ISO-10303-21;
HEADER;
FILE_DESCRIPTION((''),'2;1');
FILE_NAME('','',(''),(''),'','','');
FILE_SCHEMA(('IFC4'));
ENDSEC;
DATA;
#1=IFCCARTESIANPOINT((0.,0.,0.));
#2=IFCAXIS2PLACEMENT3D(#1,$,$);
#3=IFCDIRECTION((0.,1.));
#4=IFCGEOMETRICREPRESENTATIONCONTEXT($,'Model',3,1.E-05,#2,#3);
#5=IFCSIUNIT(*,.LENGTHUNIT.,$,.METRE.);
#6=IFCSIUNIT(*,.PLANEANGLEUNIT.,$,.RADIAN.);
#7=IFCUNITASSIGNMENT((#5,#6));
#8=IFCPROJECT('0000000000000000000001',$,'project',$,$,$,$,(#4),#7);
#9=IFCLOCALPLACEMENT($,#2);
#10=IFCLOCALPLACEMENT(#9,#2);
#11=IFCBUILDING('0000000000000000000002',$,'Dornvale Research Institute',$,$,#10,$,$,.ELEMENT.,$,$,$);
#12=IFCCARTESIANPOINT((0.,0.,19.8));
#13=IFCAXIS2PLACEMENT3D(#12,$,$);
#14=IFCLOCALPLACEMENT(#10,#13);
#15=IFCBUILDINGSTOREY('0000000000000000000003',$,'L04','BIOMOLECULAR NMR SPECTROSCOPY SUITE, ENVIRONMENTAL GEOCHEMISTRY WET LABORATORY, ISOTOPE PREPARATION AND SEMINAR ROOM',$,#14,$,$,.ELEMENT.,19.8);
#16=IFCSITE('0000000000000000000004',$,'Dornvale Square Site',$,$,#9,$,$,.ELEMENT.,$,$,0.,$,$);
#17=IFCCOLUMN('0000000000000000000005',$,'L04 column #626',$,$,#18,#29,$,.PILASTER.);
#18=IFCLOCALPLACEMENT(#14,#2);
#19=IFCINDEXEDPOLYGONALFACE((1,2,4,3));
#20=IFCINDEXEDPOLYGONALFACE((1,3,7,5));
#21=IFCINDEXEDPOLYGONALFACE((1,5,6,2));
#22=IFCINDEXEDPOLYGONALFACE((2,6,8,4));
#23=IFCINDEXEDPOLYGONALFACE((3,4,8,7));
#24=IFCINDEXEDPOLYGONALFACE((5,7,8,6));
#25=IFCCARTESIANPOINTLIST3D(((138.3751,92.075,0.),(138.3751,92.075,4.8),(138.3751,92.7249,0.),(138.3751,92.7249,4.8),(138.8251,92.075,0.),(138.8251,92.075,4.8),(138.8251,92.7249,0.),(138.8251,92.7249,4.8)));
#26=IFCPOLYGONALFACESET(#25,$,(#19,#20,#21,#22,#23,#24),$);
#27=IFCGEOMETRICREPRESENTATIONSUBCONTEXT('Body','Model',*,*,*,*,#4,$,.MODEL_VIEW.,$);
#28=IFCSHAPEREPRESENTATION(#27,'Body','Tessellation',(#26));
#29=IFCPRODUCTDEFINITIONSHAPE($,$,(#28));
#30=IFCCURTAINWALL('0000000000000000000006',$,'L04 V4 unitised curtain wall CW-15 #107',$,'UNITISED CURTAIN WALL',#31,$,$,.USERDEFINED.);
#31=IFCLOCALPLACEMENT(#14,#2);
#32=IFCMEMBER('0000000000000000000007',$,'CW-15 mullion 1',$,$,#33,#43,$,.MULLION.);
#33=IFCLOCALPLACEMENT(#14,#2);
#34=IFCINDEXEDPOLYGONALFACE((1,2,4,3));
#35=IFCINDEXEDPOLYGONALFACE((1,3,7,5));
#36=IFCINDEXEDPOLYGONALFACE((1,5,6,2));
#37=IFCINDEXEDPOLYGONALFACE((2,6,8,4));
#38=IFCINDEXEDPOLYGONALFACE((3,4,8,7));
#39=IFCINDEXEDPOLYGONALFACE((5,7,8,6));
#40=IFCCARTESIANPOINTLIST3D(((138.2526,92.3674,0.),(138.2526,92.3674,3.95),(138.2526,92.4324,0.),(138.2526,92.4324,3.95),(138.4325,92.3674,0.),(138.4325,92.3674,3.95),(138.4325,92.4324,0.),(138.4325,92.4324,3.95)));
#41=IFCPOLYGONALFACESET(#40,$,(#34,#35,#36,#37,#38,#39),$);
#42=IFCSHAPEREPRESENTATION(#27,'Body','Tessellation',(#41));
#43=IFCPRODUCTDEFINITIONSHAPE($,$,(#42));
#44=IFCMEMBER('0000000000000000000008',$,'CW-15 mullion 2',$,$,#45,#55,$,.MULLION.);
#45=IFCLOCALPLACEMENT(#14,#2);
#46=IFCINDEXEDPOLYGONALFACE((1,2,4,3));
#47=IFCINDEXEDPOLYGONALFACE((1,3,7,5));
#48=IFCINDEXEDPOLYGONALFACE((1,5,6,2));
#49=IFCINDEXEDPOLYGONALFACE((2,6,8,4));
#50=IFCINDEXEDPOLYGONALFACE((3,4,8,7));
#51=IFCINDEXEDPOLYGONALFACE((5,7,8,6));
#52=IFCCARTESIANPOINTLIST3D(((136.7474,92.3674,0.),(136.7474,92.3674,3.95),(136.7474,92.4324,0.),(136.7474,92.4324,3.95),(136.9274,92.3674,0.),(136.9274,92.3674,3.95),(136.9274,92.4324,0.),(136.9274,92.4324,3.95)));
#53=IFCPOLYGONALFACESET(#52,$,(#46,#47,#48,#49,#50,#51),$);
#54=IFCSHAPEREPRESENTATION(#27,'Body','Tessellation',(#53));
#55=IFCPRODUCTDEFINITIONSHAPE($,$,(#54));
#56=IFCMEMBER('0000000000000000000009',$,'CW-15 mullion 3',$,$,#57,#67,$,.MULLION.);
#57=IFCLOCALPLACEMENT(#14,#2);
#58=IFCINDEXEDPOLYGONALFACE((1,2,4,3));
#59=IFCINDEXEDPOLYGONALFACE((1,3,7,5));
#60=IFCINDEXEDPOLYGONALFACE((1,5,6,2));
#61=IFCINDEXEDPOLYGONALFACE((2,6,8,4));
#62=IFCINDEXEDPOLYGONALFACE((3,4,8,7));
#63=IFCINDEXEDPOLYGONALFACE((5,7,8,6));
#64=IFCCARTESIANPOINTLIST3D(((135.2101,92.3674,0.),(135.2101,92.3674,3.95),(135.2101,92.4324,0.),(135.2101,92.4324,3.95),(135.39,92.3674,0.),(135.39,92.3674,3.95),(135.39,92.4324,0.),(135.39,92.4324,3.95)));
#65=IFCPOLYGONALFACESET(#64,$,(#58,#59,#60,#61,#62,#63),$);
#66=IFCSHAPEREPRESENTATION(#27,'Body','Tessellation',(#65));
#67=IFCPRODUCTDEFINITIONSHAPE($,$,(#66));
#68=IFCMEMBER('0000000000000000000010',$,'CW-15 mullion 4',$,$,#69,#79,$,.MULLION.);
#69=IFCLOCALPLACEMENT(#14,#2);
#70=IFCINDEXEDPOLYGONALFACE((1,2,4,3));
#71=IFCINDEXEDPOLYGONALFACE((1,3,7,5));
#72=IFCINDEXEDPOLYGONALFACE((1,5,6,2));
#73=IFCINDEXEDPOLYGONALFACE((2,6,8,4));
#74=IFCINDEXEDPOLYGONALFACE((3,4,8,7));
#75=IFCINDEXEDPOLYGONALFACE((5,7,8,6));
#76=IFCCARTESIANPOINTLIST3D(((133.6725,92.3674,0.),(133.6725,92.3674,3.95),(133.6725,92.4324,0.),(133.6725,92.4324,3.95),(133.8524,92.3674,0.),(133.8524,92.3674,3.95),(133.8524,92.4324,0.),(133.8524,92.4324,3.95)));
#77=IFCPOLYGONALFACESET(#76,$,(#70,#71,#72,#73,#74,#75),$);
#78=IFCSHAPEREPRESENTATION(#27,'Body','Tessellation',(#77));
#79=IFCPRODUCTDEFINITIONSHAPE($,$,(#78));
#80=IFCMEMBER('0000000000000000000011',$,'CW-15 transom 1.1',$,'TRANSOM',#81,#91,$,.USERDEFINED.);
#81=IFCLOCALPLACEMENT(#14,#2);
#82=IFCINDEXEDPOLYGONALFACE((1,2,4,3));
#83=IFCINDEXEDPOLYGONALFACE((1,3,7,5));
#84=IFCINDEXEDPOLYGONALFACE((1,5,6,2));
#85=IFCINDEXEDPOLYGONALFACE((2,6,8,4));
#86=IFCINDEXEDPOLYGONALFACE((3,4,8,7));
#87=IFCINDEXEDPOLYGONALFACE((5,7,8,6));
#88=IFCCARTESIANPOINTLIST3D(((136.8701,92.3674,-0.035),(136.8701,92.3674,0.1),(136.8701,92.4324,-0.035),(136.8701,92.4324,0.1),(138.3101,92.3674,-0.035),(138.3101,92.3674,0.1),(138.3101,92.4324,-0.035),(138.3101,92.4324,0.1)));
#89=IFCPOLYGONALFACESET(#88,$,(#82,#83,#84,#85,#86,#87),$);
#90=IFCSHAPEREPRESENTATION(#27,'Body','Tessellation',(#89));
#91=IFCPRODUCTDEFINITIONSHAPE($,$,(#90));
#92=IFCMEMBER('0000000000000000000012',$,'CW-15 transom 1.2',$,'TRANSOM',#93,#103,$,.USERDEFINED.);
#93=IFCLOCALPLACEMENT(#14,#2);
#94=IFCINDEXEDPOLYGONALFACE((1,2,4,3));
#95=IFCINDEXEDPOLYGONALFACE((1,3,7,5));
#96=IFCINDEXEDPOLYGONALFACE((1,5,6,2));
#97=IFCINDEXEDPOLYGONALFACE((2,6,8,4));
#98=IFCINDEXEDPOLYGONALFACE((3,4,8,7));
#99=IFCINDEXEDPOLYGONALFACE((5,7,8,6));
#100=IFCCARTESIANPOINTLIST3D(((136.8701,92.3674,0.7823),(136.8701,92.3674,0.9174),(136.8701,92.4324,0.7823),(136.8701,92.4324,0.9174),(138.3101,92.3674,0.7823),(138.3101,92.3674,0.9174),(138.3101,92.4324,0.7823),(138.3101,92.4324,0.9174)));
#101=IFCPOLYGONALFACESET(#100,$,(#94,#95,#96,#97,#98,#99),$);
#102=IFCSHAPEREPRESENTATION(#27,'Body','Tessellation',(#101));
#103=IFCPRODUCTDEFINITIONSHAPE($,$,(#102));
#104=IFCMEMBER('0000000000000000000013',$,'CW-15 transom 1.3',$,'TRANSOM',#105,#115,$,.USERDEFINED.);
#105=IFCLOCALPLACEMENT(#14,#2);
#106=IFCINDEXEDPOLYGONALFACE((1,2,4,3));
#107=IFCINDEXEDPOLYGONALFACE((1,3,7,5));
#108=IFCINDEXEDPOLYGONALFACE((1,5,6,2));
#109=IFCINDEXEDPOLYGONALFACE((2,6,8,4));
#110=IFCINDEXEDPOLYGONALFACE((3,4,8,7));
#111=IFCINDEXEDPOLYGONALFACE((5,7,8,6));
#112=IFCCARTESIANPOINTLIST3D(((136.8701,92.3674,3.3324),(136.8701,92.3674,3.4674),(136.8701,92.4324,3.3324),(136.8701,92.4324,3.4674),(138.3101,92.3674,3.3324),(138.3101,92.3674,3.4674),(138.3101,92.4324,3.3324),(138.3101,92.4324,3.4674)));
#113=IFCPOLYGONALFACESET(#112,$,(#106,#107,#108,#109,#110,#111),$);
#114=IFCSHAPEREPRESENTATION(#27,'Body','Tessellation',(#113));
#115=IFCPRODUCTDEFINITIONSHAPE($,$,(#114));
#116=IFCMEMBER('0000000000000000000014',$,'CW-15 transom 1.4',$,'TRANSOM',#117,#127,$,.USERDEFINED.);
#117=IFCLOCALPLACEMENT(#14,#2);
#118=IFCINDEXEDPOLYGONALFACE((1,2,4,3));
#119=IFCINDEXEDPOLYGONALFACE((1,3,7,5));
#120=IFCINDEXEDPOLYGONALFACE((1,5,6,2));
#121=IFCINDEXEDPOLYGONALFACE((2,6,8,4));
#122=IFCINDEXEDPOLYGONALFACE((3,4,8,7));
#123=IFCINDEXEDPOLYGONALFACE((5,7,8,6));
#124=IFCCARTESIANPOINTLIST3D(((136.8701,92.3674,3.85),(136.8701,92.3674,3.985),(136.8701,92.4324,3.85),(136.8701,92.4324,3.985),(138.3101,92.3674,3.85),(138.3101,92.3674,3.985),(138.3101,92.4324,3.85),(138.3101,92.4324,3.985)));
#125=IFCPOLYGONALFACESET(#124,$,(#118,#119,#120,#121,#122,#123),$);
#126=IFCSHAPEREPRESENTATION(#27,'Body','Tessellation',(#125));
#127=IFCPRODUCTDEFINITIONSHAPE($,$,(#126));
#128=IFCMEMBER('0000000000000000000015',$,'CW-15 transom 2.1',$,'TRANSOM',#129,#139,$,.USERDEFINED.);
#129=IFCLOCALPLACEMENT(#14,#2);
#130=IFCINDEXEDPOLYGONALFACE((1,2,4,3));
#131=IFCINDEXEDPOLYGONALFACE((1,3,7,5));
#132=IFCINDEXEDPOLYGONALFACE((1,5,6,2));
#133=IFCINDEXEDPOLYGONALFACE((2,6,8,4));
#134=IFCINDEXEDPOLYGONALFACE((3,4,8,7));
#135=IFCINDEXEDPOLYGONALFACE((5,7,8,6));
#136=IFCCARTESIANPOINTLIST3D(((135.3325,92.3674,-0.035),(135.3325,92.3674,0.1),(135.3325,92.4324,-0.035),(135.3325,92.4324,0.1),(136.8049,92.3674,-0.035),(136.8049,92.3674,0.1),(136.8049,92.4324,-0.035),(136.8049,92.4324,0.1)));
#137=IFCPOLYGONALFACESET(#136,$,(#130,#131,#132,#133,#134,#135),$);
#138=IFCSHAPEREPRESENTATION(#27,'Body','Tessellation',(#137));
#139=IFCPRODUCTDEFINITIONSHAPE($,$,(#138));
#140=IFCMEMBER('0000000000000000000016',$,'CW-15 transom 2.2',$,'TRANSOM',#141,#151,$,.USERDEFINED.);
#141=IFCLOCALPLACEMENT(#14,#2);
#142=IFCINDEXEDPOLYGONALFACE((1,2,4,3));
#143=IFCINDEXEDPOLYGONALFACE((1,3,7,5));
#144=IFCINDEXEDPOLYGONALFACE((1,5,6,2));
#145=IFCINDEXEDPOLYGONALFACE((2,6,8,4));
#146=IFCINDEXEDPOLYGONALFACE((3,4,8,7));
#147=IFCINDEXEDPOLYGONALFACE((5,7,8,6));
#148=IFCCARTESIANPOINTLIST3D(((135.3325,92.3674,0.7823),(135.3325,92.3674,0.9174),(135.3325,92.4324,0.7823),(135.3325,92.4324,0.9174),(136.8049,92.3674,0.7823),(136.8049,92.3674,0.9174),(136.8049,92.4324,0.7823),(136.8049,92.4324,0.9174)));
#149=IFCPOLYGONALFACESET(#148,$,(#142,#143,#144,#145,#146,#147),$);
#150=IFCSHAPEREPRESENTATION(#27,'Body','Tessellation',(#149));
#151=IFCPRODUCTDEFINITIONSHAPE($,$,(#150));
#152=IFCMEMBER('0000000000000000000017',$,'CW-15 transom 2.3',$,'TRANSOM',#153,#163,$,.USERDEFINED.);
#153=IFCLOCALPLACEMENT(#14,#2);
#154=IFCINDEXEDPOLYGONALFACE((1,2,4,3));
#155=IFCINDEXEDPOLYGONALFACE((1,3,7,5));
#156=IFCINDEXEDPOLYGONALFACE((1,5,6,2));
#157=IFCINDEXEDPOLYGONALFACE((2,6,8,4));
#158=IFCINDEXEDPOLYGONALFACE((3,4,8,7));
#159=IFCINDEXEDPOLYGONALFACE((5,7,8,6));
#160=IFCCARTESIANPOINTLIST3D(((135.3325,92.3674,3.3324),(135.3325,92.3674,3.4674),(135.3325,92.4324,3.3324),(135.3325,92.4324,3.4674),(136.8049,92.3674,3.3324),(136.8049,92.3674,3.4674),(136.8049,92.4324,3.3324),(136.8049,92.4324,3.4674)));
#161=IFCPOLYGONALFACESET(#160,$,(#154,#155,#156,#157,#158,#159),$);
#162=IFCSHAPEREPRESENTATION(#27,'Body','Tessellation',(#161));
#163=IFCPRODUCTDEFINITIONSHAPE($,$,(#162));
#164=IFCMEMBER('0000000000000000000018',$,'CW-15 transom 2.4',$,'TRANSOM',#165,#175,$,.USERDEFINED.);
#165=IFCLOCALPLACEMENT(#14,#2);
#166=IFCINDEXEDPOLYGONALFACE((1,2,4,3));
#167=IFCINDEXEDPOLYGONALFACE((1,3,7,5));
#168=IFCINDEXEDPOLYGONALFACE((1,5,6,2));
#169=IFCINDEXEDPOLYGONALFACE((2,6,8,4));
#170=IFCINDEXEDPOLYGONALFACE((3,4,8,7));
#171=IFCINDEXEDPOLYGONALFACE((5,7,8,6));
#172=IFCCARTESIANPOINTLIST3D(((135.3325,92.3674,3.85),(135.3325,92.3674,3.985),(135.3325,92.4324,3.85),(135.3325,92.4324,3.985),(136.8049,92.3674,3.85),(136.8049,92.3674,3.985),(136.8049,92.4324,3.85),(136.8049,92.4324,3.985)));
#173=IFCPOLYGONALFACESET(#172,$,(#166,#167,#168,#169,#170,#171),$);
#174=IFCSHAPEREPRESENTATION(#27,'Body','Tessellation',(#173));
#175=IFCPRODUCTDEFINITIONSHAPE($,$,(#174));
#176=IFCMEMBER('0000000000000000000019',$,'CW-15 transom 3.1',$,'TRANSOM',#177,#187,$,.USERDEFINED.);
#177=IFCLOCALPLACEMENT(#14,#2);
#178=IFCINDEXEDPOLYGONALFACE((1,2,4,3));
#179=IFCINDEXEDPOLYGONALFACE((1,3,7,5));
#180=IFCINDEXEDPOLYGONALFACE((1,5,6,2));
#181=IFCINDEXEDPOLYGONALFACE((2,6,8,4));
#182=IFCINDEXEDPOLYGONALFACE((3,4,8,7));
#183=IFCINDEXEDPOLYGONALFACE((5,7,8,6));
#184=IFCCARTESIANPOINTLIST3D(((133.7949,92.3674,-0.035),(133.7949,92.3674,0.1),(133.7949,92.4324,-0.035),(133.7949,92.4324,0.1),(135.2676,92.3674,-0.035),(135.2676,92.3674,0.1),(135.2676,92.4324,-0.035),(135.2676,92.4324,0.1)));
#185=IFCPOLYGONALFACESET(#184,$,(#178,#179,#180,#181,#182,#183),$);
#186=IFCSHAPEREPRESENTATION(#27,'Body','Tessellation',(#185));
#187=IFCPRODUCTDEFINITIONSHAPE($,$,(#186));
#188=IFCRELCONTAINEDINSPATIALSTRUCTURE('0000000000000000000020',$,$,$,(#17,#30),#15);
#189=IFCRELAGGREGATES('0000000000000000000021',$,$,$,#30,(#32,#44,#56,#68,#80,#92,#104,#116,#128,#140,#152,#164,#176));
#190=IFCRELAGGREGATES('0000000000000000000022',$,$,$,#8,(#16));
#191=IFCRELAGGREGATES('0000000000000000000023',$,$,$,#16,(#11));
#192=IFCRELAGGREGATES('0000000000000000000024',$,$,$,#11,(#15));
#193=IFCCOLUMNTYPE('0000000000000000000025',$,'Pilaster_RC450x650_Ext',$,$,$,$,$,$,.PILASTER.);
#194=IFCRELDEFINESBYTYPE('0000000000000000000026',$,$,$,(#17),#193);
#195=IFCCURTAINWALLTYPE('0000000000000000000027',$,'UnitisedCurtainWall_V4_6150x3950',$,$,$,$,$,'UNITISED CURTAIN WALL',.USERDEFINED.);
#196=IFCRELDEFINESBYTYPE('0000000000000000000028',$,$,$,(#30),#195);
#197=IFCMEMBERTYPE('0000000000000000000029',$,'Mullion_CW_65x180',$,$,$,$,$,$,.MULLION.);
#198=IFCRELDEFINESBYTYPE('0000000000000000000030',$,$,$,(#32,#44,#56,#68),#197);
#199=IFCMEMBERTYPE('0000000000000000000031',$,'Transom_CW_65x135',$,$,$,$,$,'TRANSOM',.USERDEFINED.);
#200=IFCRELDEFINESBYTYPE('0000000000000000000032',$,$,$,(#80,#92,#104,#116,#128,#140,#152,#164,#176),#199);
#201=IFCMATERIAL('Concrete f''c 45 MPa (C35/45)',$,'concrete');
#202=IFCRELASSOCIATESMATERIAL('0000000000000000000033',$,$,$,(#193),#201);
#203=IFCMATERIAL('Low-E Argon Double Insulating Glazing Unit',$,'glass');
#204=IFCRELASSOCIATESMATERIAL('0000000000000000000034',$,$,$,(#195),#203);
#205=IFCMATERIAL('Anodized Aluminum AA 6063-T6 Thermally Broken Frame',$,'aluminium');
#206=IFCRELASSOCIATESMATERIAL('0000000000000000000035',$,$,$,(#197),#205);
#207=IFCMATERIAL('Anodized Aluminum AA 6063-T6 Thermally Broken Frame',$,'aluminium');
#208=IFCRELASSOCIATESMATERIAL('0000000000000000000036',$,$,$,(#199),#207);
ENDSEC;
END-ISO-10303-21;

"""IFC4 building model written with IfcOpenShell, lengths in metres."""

from ifc_helpers import new_model, si_unit, direction, frame, origin, origin_2d, place, context, subcontext, project, spatial, rectangle, extrude, material, material_profile, profile_set, type_object, element, aggregate, save


model = new_model("IFC4")

# Units and contexts
model_context = context("Model", 3, precision=1e-05, world=origin(), true_north=direction((0.0, 1.0)))
body_context = subcontext(model_context, "Body", "Model", "MODEL_VIEW")
ifc_project = project(units=[si_unit("LENGTHUNIT", "METRE"), si_unit("PLANEANGLEUNIT", "RADIAN")], contexts=[model_context])

# Site, building, storey
site_placement = place(None, origin())
site = spatial("IfcSite", under=ifc_project, at=site_placement, Name="Dornvale Square Site", CompositionType="ELEMENT", RefElevation=0.0)
building_placement = place(site_placement, origin())
building = spatial("IfcBuilding", under=site, at=building_placement, Name="Dornvale Research Institute", CompositionType="ELEMENT")
storey_placement = place(building_placement, frame((0.0, 0.0, 19.8)))
storey = spatial("IfcBuildingStorey", under=building, at=storey_placement, Name="L04", Description="BIOMOLECULAR NMR SPECTROSCOPY SUITE, ENVIRONMENTAL GEOCHEMISTRY WET LABORATORY, ISOTOPE PREPARATION AND SEMINAR ROOM", CompositionType="ELEMENT", Elevation=19.8)

# Column
ifc_material_1 = material(Name="Concrete f'c 45 MPa (C35/45)", Category="concrete")
ifc_material_profile_1 = material_profile(ifc_material_1, rectangle(XDim=0.45, YDim=0.6499, at=origin_2d()), Name="RC 450x650")
ifc_profile_set_1 = profile_set([ifc_material_profile_1], Name="Concrete f'c 45 MPa (C35/45)")
column_type = type_object("IfcColumnType", Name="Pilaster_RC450x650_Ext", PredefinedType="PILASTER", material=ifc_profile_set_1)
column_placement = place(storey_placement, frame((138.6001, 92.3999, 0.0), z_axis=(0.0, 0.0, 1.0), x_axis=(1.0, 0.0, 0.0)))
element("IfcColumn", 1, at=column_placement, inside=storey, type_object=column_type, Name="L04 column #626", PredefinedType="PILASTER", context=body_context, shape_type="SweptSolid", body=[
    extrude(rectangle(XDim=0.45, YDim=0.6499, at=origin_2d()), origin(), (0.0, 0.0, 1.0), 4.8),
])

# Curtain wall, members
ifc_material_2 = material(Name="Low-E Argon Double Insulating Glazing Unit", Category="glass")
curtain_wall_type = type_object("IfcCurtainWallType", Name="UnitisedCurtainWall_V4_6150x3950", ElementType="UNITISED CURTAIN WALL", PredefinedType="USERDEFINED", material=ifc_material_2)
curtain_wall_placement = place(storey_placement, origin())
curtain_wall = element("IfcCurtainWall", 2, at=curtain_wall_placement, inside=storey, type_object=curtain_wall_type, Name="L04 V4 unitised curtain wall CW-15 #107", ObjectType="UNITISED CURTAIN WALL", PredefinedType="USERDEFINED")
ifc_material_3 = material(Name="Anodized Aluminum AA 6063-T6 Thermally Broken Frame", Category="aluminium")
ifc_material_profile_2 = material_profile(ifc_material_3, rectangle(XDim=0.0649, YDim=0.1799, at=origin_2d()), Name="ALU MULLION 65x180")
ifc_profile_set_2 = profile_set([ifc_material_profile_2], Name="Anodized Aluminum AA 6063-T6 Thermally Broken Frame")
member_type_1 = type_object("IfcMemberType", Name="Mullion_CW_65x180", PredefinedType="MULLION", material=ifc_profile_set_2)
member_1_placement = place(storey_placement, frame((138.3425, 92.3999, 0.0), z_axis=(0.0, 0.0, 1.0), x_axis=(0.0, -1.0, 0.0)))
member_1 = element("IfcMember", 3, at=member_1_placement, type_object=member_type_1, Name="CW-15 mullion 1", PredefinedType="MULLION", context=body_context, shape_type="SweptSolid", body=[
    extrude(rectangle(XDim=0.0649, YDim=0.1799, at=origin_2d()), origin(), (0.0, 0.0, 1.0), 3.95),
])
member_2_placement = place(storey_placement, frame((136.8374, 92.3999, 0.0), z_axis=(0.0, 0.0, 1.0), x_axis=(0.0, -1.0, 0.0)))
member_2 = element("IfcMember", 4, at=member_2_placement, type_object=member_type_1, Name="CW-15 mullion 2", PredefinedType="MULLION", context=body_context, shape_type="SweptSolid", body=[
    extrude(rectangle(XDim=0.0649, YDim=0.1799, at=origin_2d()), origin(), (0.0, 0.0, 1.0), 3.95),
])
member_3_placement = place(storey_placement, frame((135.3, 92.3999, 0.0), z_axis=(0.0, 0.0, 1.0), x_axis=(0.0, -1.0, 0.0)))
member_3 = element("IfcMember", 5, at=member_3_placement, type_object=member_type_1, Name="CW-15 mullion 3", PredefinedType="MULLION", context=body_context, shape_type="SweptSolid", body=[
    extrude(rectangle(XDim=0.0649, YDim=0.1799, at=origin_2d()), origin(), (0.0, 0.0, 1.0), 3.95),
])
member_4_placement = place(storey_placement, frame((133.7625, 92.3999, 0.0), z_axis=(0.0, 0.0, 1.0), x_axis=(0.0, -1.0, 0.0)))
member_4 = element("IfcMember", 6, at=member_4_placement, type_object=member_type_1, Name="CW-15 mullion 4", PredefinedType="MULLION", context=body_context, shape_type="SweptSolid", body=[
    extrude(rectangle(XDim=0.0649, YDim=0.1799, at=origin_2d()), origin(), (0.0, 0.0, 1.0), 3.95),
])
ifc_material_4 = material(Name="Anodized Aluminum AA 6063-T6 Thermally Broken Frame", Category="aluminium")
ifc_material_profile_3 = material_profile(ifc_material_4, rectangle(XDim=0.0649, YDim=0.135, at=origin_2d()), Name="ALU TRANSOM 65x135")
ifc_profile_set_3 = profile_set([ifc_material_profile_3], Name="Anodized Aluminum AA 6063-T6 Thermally Broken Frame")
member_type_2 = type_object("IfcMemberType", Name="Transom_CW_65x135", ElementType="TRANSOM", PredefinedType="USERDEFINED", material=ifc_profile_set_3)
member_5_placement = place(storey_placement, frame((138.3101, 92.3999, 0.0325), z_axis=(-1.0, 0.0, 0.0), x_axis=(0.0, -1.0, 0.0)))
member_5 = element("IfcMember", 7, at=member_5_placement, type_object=member_type_2, Name="CW-15 transom 1.1", ObjectType="TRANSOM", PredefinedType="USERDEFINED", context=body_context, shape_type="SweptSolid", body=[
    extrude(rectangle(XDim=0.0649, YDim=0.135, at=origin_2d()), origin(), (0.0, 0.0, 1.0), 1.4399),
])
member_6_placement = place(storey_placement, frame((138.3101, 92.3999, 0.8499), z_axis=(-1.0, 0.0, 0.0), x_axis=(0.0, -1.0, 0.0)))
member_6 = element("IfcMember", 8, at=member_6_placement, type_object=member_type_2, Name="CW-15 transom 1.2", ObjectType="TRANSOM", PredefinedType="USERDEFINED", context=body_context, shape_type="SweptSolid", body=[
    extrude(rectangle(XDim=0.0649, YDim=0.135, at=origin_2d()), origin(), (0.0, 0.0, 1.0), 1.4399),
])
member_7_placement = place(storey_placement, frame((138.3101, 92.3999, 3.3999), z_axis=(-1.0, 0.0, 0.0), x_axis=(0.0, -1.0, 0.0)))
member_7 = element("IfcMember", 9, at=member_7_placement, type_object=member_type_2, Name="CW-15 transom 1.3", ObjectType="TRANSOM", PredefinedType="USERDEFINED", context=body_context, shape_type="SweptSolid", body=[
    extrude(rectangle(XDim=0.0649, YDim=0.135, at=origin_2d()), origin(), (0.0, 0.0, 1.0), 1.4399),
])
member_8_placement = place(storey_placement, frame((138.3101, 92.3999, 3.9175), z_axis=(-1.0, 0.0, 0.0), x_axis=(0.0, -1.0, 0.0)))
member_8 = element("IfcMember", 10, at=member_8_placement, type_object=member_type_2, Name="CW-15 transom 1.4", ObjectType="TRANSOM", PredefinedType="USERDEFINED", context=body_context, shape_type="SweptSolid", body=[
    extrude(rectangle(XDim=0.0649, YDim=0.135, at=origin_2d()), origin(), (0.0, 0.0, 1.0), 1.4399),
])
member_9_placement = place(storey_placement, frame((136.8049, 92.3999, 0.0325), z_axis=(-1.0, 0.0, 0.0), x_axis=(0.0, -1.0, 0.0)))
member_9 = element("IfcMember", 11, at=member_9_placement, type_object=member_type_2, Name="CW-15 transom 2.1", ObjectType="TRANSOM", PredefinedType="USERDEFINED", context=body_context, shape_type="SweptSolid", body=[
    extrude(rectangle(XDim=0.0649, YDim=0.135, at=origin_2d()), origin(), (0.0, 0.0, 1.0), 1.4724),
])
member_10_placement = place(storey_placement, frame((136.8049, 92.3999, 0.8499), z_axis=(-1.0, 0.0, 0.0), x_axis=(0.0, -1.0, 0.0)))
member_10 = element("IfcMember", 12, at=member_10_placement, type_object=member_type_2, Name="CW-15 transom 2.2", ObjectType="TRANSOM", PredefinedType="USERDEFINED", context=body_context, shape_type="SweptSolid", body=[
    extrude(rectangle(XDim=0.0649, YDim=0.135, at=origin_2d()), origin(), (0.0, 0.0, 1.0), 1.4724),
])
member_11_placement = place(storey_placement, frame((136.8049, 92.3999, 3.3999), z_axis=(-1.0, 0.0, 0.0), x_axis=(0.0, -1.0, 0.0)))
member_11 = element("IfcMember", 13, at=member_11_placement, type_object=member_type_2, Name="CW-15 transom 2.3", ObjectType="TRANSOM", PredefinedType="USERDEFINED", context=body_context, shape_type="SweptSolid", body=[
    extrude(rectangle(XDim=0.0649, YDim=0.135, at=origin_2d()), origin(), (0.0, 0.0, 1.0), 1.4724),
])
member_12_placement = place(storey_placement, frame((136.8049, 92.3999, 3.9175), z_axis=(-1.0, 0.0, 0.0), x_axis=(0.0, -1.0, 0.0)))
member_12 = element("IfcMember", 14, at=member_12_placement, type_object=member_type_2, Name="CW-15 transom 2.4", ObjectType="TRANSOM", PredefinedType="USERDEFINED", context=body_context, shape_type="SweptSolid", body=[
    extrude(rectangle(XDim=0.0649, YDim=0.135, at=origin_2d()), origin(), (0.0, 0.0, 1.0), 1.4724),
])
member_13_placement = place(storey_placement, frame((135.2676, 92.3999, 0.0325), z_axis=(-1.0, 0.0, 0.0), x_axis=(0.0, -1.0, 0.0)))
member_13 = element("IfcMember", 15, at=member_13_placement, type_object=member_type_2, Name="CW-15 transom 3.1", ObjectType="TRANSOM", PredefinedType="USERDEFINED", context=body_context, shape_type="SweptSolid", body=[
    extrude(rectangle(XDim=0.0649, YDim=0.135, at=origin_2d()), origin(), (0.0, 0.0, 1.0), 1.4727),
])
aggregate(curtain_wall, [member_1, member_2, member_3, member_4, member_5, member_6, member_7, member_8, member_9, member_10, member_11, member_12, member_13])

save(model, "model.ifc")
